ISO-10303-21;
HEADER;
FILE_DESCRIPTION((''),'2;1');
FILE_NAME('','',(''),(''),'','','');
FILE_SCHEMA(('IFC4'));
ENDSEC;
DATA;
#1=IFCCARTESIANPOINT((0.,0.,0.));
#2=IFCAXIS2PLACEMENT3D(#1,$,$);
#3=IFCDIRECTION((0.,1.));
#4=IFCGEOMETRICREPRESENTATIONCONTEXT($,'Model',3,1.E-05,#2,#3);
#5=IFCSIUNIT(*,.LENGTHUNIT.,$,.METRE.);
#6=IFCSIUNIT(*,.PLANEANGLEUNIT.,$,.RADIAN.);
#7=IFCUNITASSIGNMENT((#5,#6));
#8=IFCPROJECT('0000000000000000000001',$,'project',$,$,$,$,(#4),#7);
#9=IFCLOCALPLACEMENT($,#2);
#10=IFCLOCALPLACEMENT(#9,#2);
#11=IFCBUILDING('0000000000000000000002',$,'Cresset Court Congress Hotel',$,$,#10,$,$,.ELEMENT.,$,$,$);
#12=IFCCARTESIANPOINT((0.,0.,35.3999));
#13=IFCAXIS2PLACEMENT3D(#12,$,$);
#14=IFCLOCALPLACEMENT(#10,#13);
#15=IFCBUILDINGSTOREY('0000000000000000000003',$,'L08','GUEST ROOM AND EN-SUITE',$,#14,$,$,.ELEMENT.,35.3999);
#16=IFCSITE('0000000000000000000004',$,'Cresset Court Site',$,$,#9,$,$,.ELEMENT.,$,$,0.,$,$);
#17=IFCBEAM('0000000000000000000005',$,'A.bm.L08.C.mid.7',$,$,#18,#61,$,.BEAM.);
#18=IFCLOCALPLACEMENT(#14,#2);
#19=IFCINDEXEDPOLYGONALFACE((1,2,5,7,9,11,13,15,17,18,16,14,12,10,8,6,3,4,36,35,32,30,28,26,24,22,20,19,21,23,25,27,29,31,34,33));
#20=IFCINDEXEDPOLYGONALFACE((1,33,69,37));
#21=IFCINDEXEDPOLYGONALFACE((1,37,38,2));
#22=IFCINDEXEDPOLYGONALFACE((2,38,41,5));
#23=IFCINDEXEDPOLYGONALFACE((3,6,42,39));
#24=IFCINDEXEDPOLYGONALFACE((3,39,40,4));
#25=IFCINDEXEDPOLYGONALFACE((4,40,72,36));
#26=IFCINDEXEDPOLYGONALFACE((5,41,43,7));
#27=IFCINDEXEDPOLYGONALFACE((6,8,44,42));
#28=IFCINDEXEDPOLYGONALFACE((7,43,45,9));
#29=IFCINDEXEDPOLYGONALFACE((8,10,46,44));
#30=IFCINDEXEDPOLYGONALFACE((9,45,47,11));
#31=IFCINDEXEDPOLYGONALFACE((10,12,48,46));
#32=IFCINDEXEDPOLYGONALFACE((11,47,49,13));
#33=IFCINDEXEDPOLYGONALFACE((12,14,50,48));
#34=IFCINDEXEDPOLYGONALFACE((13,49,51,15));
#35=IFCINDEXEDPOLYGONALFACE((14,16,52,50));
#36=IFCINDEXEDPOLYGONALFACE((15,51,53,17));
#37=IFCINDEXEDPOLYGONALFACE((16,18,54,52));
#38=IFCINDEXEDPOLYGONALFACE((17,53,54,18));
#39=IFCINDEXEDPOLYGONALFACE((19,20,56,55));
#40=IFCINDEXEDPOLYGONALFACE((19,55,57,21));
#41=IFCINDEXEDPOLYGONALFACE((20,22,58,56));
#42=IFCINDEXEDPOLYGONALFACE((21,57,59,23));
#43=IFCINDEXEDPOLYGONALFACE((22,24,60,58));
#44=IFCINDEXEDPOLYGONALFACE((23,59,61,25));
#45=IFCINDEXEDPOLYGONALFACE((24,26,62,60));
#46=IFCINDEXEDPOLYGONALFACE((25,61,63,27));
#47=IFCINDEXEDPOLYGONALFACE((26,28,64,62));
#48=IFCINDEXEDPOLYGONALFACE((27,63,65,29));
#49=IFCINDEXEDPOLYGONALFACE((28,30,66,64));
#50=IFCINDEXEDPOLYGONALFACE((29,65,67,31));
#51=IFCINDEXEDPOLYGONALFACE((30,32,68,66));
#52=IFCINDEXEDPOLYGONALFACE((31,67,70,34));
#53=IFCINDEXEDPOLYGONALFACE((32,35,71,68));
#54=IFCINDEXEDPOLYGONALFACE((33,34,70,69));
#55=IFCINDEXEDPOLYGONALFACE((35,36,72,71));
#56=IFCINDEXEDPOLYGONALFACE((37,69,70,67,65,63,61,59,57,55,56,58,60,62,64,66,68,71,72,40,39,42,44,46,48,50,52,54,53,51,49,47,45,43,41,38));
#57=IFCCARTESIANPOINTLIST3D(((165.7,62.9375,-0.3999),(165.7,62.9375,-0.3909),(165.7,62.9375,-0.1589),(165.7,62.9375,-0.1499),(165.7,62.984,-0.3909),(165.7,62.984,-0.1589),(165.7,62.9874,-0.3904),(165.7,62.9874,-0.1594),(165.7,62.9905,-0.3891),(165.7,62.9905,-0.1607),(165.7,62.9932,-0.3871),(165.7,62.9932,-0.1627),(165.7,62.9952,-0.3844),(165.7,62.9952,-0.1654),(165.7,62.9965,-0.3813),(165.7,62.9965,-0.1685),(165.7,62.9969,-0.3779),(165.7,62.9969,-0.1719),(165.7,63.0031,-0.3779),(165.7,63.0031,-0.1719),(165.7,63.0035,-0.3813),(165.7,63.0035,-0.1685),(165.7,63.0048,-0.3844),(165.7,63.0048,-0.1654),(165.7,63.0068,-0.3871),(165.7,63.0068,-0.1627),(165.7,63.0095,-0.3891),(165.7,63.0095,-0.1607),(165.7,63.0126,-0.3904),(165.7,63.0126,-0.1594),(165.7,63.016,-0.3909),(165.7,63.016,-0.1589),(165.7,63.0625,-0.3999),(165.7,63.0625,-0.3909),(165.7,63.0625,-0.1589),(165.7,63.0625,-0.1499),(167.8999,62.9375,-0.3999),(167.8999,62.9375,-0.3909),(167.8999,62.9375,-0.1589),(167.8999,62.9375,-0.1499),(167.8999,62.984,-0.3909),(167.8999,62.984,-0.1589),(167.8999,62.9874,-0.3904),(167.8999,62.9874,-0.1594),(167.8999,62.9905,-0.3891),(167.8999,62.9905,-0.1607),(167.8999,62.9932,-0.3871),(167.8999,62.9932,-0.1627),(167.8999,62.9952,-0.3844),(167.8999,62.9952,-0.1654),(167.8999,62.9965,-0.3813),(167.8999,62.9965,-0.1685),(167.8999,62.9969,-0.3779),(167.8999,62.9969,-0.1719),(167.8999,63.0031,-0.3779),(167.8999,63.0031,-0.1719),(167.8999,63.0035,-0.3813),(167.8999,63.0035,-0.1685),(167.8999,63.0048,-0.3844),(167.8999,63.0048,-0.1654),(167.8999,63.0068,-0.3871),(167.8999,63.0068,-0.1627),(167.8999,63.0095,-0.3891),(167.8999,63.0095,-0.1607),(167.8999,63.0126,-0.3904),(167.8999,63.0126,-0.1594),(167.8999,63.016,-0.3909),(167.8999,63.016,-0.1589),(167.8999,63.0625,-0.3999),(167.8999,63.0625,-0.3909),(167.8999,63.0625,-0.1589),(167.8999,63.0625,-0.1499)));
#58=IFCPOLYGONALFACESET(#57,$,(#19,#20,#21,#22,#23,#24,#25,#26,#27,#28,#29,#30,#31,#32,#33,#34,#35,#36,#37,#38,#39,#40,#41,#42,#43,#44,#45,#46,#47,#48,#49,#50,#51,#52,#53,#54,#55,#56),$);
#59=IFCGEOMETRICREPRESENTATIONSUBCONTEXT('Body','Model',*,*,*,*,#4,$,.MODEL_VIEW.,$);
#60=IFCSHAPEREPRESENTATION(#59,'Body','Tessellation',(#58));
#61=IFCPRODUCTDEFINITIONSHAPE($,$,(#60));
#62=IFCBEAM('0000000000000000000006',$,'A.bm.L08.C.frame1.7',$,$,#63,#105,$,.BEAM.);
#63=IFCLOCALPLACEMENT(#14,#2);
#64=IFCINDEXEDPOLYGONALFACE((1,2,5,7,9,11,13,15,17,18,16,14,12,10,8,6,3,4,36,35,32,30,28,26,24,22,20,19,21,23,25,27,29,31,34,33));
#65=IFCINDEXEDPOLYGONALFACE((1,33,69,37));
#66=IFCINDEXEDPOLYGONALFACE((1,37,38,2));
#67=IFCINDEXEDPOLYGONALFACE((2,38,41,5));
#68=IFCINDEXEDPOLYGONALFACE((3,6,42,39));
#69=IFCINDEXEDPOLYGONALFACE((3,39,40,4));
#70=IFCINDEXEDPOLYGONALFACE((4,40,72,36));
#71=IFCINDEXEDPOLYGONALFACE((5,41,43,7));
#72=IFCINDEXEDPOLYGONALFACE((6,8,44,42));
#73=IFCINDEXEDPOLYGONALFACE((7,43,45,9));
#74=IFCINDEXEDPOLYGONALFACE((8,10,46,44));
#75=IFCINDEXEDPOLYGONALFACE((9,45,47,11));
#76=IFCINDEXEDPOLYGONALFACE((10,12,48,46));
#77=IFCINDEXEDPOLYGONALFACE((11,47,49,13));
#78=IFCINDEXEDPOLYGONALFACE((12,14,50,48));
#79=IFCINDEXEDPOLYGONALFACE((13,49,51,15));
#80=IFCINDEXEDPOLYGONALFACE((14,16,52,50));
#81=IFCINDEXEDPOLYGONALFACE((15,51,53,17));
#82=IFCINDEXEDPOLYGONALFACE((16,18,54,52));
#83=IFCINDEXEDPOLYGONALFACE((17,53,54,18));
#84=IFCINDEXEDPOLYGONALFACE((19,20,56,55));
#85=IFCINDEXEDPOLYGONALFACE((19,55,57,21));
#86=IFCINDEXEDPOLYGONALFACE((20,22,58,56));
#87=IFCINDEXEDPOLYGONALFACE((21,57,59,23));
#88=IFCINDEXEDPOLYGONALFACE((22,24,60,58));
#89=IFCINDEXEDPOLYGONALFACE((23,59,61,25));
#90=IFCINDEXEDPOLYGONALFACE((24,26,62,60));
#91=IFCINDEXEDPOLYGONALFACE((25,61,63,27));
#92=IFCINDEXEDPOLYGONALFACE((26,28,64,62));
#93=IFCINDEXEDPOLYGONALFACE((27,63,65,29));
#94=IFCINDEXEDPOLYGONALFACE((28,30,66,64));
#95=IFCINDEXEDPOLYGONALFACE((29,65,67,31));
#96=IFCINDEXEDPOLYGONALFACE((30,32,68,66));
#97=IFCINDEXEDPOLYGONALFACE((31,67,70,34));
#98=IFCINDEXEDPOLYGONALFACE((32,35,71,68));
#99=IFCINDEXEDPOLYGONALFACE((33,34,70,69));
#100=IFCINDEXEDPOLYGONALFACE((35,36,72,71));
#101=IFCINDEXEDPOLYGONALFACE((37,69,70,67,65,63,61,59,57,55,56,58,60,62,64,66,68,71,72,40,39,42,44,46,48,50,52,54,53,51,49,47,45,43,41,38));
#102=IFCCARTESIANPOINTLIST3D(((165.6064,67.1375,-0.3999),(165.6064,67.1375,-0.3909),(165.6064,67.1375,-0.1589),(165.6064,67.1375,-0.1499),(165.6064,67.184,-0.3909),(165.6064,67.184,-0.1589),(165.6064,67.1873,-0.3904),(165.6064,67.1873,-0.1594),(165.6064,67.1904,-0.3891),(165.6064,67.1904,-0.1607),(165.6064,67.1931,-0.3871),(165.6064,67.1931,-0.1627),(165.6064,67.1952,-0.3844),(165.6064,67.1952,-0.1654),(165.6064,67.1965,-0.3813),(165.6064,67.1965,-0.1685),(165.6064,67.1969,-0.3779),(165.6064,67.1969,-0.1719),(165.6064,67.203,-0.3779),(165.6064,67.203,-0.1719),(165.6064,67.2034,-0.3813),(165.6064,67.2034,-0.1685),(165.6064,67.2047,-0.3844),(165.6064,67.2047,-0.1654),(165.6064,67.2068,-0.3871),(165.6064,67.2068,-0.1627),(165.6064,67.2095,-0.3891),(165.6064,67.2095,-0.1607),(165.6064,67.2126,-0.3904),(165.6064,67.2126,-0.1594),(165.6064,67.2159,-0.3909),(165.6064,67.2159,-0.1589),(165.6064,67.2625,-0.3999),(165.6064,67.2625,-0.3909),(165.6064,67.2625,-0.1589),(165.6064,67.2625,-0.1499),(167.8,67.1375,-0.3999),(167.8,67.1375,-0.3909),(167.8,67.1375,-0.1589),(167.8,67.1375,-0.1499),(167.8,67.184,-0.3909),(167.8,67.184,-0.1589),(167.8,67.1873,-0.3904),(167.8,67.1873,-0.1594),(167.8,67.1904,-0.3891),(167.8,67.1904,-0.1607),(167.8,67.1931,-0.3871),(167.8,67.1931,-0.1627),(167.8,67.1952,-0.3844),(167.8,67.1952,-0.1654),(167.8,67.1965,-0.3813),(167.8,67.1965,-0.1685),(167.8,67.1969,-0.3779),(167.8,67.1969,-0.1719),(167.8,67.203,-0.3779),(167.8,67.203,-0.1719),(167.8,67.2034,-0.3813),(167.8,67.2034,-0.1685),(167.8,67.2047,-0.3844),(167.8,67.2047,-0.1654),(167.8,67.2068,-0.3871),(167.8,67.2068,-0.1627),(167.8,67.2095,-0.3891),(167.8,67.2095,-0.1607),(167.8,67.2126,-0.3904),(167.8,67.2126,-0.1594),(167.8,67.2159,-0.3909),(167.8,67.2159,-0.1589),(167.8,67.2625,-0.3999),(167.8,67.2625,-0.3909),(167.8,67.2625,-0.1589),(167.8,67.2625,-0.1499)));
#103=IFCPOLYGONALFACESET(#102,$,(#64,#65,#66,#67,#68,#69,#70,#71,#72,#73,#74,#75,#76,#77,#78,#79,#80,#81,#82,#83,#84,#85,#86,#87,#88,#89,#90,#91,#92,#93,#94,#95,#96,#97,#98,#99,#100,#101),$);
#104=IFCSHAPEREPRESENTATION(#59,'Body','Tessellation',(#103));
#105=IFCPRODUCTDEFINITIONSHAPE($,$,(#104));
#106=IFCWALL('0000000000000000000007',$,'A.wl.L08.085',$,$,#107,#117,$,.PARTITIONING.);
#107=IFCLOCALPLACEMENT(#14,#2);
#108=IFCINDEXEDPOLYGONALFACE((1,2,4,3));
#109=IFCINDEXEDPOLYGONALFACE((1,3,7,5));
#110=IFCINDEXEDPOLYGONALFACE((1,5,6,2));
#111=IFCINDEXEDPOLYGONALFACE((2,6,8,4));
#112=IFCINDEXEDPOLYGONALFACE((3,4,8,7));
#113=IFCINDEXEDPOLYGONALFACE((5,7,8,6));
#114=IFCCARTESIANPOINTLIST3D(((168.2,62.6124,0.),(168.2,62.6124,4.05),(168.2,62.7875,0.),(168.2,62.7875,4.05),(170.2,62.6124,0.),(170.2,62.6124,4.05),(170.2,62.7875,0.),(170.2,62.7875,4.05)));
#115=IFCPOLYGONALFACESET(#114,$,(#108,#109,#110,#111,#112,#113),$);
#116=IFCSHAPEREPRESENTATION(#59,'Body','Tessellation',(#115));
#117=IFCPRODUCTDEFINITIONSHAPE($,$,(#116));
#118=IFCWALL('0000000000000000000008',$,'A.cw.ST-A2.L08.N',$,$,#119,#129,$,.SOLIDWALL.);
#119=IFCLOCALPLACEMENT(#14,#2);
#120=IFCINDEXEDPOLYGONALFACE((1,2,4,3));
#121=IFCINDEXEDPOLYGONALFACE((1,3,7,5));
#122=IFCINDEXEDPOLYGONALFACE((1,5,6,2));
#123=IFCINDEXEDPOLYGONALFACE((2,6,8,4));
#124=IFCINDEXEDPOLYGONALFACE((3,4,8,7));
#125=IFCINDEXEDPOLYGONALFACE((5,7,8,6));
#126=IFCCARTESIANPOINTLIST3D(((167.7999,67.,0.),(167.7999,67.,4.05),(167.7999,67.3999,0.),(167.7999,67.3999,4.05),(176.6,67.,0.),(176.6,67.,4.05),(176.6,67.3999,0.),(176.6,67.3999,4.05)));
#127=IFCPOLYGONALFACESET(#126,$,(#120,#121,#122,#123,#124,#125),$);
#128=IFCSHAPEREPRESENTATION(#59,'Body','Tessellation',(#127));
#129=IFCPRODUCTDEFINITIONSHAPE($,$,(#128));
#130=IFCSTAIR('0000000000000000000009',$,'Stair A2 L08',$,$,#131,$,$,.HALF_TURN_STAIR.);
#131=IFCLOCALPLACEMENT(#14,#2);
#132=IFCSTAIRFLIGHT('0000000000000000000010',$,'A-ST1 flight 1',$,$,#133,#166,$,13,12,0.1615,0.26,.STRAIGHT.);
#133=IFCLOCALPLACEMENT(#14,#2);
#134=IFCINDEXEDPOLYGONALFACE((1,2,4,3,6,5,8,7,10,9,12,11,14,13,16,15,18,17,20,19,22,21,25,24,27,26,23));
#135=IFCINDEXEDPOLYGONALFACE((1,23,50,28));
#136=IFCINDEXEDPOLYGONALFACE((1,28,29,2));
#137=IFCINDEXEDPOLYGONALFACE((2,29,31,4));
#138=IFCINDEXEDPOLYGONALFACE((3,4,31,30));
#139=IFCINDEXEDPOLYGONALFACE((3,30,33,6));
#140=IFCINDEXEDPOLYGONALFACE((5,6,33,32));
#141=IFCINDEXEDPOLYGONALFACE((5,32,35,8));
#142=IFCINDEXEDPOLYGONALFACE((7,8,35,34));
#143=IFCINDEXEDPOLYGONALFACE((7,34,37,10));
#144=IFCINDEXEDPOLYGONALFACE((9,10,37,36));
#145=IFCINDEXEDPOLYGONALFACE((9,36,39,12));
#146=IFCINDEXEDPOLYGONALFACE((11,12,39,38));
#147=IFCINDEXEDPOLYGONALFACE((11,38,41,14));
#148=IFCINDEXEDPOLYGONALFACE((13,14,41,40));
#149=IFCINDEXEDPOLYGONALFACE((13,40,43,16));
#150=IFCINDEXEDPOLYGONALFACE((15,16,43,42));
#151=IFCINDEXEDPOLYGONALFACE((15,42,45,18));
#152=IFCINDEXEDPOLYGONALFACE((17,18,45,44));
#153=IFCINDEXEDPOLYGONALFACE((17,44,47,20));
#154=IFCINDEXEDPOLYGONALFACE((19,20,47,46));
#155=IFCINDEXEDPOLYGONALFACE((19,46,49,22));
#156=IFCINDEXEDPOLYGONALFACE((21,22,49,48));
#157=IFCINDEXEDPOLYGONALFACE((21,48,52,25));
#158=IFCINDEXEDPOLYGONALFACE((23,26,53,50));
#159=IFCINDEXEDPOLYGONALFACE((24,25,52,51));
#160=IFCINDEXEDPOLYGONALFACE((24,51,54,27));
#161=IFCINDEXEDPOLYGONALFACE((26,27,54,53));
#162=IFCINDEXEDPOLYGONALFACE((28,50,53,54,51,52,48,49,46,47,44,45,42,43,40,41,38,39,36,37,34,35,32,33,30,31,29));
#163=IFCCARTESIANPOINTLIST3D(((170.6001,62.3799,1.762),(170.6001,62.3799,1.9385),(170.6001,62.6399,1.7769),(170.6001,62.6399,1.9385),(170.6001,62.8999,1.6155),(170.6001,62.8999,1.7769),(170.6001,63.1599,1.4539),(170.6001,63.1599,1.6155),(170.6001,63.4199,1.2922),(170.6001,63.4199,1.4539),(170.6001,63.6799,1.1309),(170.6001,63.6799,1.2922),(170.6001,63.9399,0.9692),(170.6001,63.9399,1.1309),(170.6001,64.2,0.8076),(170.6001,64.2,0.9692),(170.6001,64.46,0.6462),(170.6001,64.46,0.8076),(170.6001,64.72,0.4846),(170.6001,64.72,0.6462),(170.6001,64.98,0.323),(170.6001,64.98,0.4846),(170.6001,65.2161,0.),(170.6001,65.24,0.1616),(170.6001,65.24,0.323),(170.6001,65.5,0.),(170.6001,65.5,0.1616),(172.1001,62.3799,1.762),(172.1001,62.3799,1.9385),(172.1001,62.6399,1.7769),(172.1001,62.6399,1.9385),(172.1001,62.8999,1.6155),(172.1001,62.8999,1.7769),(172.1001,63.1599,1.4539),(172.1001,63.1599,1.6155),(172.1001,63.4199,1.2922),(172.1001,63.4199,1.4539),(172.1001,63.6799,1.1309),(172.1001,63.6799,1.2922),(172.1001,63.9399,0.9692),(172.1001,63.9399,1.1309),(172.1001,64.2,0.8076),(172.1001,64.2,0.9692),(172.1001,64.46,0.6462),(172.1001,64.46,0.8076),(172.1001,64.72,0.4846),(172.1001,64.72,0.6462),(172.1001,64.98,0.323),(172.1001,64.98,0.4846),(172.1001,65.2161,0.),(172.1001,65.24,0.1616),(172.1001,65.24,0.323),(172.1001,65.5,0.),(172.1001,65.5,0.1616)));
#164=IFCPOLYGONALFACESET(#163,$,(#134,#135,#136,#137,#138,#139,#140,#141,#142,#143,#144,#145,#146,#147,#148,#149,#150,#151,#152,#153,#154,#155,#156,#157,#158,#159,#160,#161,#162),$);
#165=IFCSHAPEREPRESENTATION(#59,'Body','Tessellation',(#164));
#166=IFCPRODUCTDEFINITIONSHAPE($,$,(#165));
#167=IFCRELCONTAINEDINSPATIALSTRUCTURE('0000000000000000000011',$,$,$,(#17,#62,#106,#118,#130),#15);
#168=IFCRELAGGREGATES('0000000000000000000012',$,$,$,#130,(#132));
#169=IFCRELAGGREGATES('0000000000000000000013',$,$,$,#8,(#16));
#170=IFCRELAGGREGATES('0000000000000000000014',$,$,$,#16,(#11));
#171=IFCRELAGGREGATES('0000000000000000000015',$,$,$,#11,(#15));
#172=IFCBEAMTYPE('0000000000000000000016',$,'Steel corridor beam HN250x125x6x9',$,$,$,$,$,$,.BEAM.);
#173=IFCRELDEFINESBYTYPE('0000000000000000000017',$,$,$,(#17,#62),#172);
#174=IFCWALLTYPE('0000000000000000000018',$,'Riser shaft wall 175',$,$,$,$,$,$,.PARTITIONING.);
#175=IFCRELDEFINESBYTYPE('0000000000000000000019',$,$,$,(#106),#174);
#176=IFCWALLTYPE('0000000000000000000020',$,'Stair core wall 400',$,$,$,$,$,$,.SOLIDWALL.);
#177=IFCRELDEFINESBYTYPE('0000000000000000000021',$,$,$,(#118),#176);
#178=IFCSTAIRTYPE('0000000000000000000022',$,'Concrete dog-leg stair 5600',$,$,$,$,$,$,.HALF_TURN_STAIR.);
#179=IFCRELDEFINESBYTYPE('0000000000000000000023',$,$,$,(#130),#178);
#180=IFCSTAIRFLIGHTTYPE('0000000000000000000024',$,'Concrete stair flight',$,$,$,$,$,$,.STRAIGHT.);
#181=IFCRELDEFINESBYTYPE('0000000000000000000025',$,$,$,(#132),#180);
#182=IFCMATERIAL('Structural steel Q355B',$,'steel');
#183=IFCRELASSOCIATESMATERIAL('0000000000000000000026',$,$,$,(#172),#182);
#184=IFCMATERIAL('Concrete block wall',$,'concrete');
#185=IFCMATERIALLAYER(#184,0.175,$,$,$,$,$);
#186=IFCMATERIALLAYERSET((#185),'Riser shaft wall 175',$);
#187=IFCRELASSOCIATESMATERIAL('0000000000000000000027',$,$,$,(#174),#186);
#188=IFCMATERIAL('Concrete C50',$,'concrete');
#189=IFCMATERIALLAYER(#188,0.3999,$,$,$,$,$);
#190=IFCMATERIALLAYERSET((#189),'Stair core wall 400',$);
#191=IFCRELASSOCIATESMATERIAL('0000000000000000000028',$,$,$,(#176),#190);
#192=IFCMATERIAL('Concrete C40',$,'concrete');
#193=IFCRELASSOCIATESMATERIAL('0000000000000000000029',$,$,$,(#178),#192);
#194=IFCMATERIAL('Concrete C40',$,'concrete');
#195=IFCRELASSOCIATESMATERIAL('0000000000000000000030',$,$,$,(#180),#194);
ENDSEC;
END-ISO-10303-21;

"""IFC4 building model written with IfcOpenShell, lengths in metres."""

from ifc_helpers import new_model, si_unit, direction, frame, frame_2d, origin, origin_2d, place, context, subcontext, project, spatial, polyline, rectangle, i_section, outline, extrude, material, layer, layer_set, material_profile, profile_set, type_object, element, aggregate, save


model = new_model("IFC4")

# Units and contexts
model_context = context("Model", 3, precision=1e-05, world=origin(), true_north=direction((0.0, 1.0)))
body_context = subcontext(model_context, "Body", "Model", "MODEL_VIEW")
ifc_project = project(units=[si_unit("LENGTHUNIT", "METRE"), si_unit("PLANEANGLEUNIT", "RADIAN")], contexts=[model_context])

# Site, building, storey
site_placement = place(None, origin())
site = spatial("IfcSite", under=ifc_project, at=site_placement, Name="Cresset Court Site", CompositionType="ELEMENT", RefElevation=0.0)
building_placement = place(site_placement, origin())
building = spatial("IfcBuilding", under=site, at=building_placement, Name="Cresset Court Congress Hotel", CompositionType="ELEMENT")
storey_placement = place(building_placement, frame((0.0, 0.0, 35.3999)))
storey = spatial("IfcBuildingStorey", under=building, at=storey_placement, Name="L08", Description="GUEST ROOM AND EN-SUITE", CompositionType="ELEMENT", Elevation=35.3999)

# Beams
ifc_material_1 = material(Name="Structural steel Q355B", Category="steel")
ifc_material_profile = material_profile(ifc_material_1, i_section(OverallWidth=0.125, OverallDepth=0.25, WebThickness=0.0061, FlangeThickness=0.009, FilletRadius=0.0129, at=origin_2d()), Name="HN250x125x6x9")
ifc_profile_set = profile_set([ifc_material_profile], Name="Structural steel Q355B")
beam_type = type_object("IfcBeamType", Name="Steel corridor beam HN250x125x6x9", PredefinedType="BEAM", material=ifc_profile_set)
beam_1_placement = place(storey_placement, frame((165.7, 63.0, -0.2749), z_axis=(1.0, 0.0, 0.0), x_axis=(0.0, 1.0, 0.0)))
element("IfcBeam", 1, at=beam_1_placement, inside=storey, type_object=beam_type, Name="A.bm.L08.C.mid.7", PredefinedType="BEAM", context=body_context, shape_type="SweptSolid", body=[
    extrude(i_section(OverallWidth=0.125, OverallDepth=0.25, WebThickness=0.0061, FlangeThickness=0.009, FilletRadius=0.0129, at=origin_2d()), origin(), (0.0, 0.0, 1.0), 2.2),
])
beam_2_placement = place(storey_placement, frame((165.6064, 67.2, -0.2749), z_axis=(1.0, 0.0, 0.0), x_axis=(0.0, 1.0, 0.0)))
element("IfcBeam", 2, at=beam_2_placement, inside=storey, type_object=beam_type, Name="A.bm.L08.C.frame1.7", PredefinedType="BEAM", context=body_context, shape_type="SweptSolid", body=[
    extrude(i_section(OverallWidth=0.125, OverallDepth=0.25, WebThickness=0.0061, FlangeThickness=0.009, FilletRadius=0.0129, at=origin_2d()), origin(), (0.0, 0.0, 1.0), 2.1936),
])

# Walls
ifc_material_2 = material(Name="Concrete block wall", Category="concrete")
ifc_layer_1 = layer(ifc_material_2, 0.175)
ifc_layer_set_1 = layer_set([ifc_layer_1], Name="Riser shaft wall 175")
wall_type_1 = type_object("IfcWallType", Name="Riser shaft wall 175", PredefinedType="PARTITIONING", material=ifc_layer_set_1)
wall_1_placement = place(storey_placement, frame((168.2, 62.7, 0.0), z_axis=(0.0, 0.0, 1.0), x_axis=(1.0, 0.0, 0.0)))
element("IfcWall", 3, at=wall_1_placement, inside=storey, type_object=wall_type_1, Name="A.wl.L08.085", PredefinedType="PARTITIONING", context=body_context, shape_type="SweptSolid", body=[
    extrude(rectangle(XDim=2.0, YDim=0.175, at=frame_2d((1.0, 0.0))), origin(), (0.0, 0.0, 1.0), 4.05),
])
ifc_material_3 = material(Name="Concrete C50", Category="concrete")
ifc_layer_2 = layer(ifc_material_3, 0.3999)
ifc_layer_set_2 = layer_set([ifc_layer_2], Name="Stair core wall 400")
wall_type_2 = type_object("IfcWallType", Name="Stair core wall 400", PredefinedType="SOLIDWALL", material=ifc_layer_set_2)
wall_2_placement = place(storey_placement, frame((167.8, 67.2, 0.0), z_axis=(0.0, 0.0, 1.0), x_axis=(1.0, 0.0, 0.0)))
element("IfcWall", 4, at=wall_2_placement, inside=storey, type_object=wall_type_2, Name="A.cw.ST-A2.L08.N", PredefinedType="SOLIDWALL", context=body_context, shape_type="SweptSolid", body=[
    extrude(rectangle(XDim=8.8, YDim=0.3999, at=frame_2d((4.3999, 0.0))), origin(), (0.0, 0.0, 1.0), 4.05),
])

# Stair, stair flight
ifc_material_4 = material(Name="Concrete C40", Category="concrete")
stair_type = type_object("IfcStairType", Name="Concrete dog-leg stair 5600", PredefinedType="HALF_TURN_STAIR", material=ifc_material_4)
stair_placement = place(storey_placement, origin())
stair = element("IfcStair", 5, at=stair_placement, inside=storey, type_object=stair_type, Name="Stair A2 L08", PredefinedType="HALF_TURN_STAIR")
ifc_material_5 = material(Name="Concrete C40", Category="concrete")
stair_flight_type = type_object("IfcStairFlightType", Name="Concrete stair flight", PredefinedType="STRAIGHT", material=ifc_material_5)
stair_flight_1_placement = place(storey_placement, frame((171.3501, 65.5, 0.0), z_axis=(0.0, 0.0, 1.0), x_axis=(0.0, -1.0, 0.0)))
stair_flight_1 = element("IfcStairFlight", 6, at=stair_flight_1_placement, type_object=stair_flight_type, Name="A-ST1 flight 1", NumberOfRisers=13, NumberOfTreads=12, PredefinedType="STRAIGHT", RiserHeight=0.1615, TreadLength=0.26, context=body_context, shape_type="SweptSolid", body=[
    extrude(outline(polyline([(0.0, 0.0), (0.0, 0.1616), (0.26, 0.1616), (0.26, 0.323), (0.52, 0.323), (0.52, 0.4846), (0.78, 0.4846), (0.78, 0.6462), (1.04, 0.6462), (1.04, 0.8076), (1.3, 0.8076), (1.3, 0.9692), (1.5601, 0.9692), (1.5601, 1.1309), (1.8201, 1.1309), (1.8201, 1.2922), (2.0801, 1.2922), (2.0801, 1.4539), (2.3401, 1.4539), (2.3401, 1.6155), (2.6001, 1.6155), (2.6001, 1.7769), (2.8601, 1.7769), (2.8601, 1.9385), (3.1201, 1.9385), (3.1201, 2.1001), (3.1201, 1.762), (0.2839, 0.0), (0.0, 0.0)])), frame((0.0, 0.75, 0.0), z_axis=(0.0, -1.0, 0.0), x_axis=(1.0, 0.0, 0.0)), (0.0, 0.0, 1.0), 1.5),
])
aggregate(stair, [stair_flight_1])

save(model, "model.ifc")
